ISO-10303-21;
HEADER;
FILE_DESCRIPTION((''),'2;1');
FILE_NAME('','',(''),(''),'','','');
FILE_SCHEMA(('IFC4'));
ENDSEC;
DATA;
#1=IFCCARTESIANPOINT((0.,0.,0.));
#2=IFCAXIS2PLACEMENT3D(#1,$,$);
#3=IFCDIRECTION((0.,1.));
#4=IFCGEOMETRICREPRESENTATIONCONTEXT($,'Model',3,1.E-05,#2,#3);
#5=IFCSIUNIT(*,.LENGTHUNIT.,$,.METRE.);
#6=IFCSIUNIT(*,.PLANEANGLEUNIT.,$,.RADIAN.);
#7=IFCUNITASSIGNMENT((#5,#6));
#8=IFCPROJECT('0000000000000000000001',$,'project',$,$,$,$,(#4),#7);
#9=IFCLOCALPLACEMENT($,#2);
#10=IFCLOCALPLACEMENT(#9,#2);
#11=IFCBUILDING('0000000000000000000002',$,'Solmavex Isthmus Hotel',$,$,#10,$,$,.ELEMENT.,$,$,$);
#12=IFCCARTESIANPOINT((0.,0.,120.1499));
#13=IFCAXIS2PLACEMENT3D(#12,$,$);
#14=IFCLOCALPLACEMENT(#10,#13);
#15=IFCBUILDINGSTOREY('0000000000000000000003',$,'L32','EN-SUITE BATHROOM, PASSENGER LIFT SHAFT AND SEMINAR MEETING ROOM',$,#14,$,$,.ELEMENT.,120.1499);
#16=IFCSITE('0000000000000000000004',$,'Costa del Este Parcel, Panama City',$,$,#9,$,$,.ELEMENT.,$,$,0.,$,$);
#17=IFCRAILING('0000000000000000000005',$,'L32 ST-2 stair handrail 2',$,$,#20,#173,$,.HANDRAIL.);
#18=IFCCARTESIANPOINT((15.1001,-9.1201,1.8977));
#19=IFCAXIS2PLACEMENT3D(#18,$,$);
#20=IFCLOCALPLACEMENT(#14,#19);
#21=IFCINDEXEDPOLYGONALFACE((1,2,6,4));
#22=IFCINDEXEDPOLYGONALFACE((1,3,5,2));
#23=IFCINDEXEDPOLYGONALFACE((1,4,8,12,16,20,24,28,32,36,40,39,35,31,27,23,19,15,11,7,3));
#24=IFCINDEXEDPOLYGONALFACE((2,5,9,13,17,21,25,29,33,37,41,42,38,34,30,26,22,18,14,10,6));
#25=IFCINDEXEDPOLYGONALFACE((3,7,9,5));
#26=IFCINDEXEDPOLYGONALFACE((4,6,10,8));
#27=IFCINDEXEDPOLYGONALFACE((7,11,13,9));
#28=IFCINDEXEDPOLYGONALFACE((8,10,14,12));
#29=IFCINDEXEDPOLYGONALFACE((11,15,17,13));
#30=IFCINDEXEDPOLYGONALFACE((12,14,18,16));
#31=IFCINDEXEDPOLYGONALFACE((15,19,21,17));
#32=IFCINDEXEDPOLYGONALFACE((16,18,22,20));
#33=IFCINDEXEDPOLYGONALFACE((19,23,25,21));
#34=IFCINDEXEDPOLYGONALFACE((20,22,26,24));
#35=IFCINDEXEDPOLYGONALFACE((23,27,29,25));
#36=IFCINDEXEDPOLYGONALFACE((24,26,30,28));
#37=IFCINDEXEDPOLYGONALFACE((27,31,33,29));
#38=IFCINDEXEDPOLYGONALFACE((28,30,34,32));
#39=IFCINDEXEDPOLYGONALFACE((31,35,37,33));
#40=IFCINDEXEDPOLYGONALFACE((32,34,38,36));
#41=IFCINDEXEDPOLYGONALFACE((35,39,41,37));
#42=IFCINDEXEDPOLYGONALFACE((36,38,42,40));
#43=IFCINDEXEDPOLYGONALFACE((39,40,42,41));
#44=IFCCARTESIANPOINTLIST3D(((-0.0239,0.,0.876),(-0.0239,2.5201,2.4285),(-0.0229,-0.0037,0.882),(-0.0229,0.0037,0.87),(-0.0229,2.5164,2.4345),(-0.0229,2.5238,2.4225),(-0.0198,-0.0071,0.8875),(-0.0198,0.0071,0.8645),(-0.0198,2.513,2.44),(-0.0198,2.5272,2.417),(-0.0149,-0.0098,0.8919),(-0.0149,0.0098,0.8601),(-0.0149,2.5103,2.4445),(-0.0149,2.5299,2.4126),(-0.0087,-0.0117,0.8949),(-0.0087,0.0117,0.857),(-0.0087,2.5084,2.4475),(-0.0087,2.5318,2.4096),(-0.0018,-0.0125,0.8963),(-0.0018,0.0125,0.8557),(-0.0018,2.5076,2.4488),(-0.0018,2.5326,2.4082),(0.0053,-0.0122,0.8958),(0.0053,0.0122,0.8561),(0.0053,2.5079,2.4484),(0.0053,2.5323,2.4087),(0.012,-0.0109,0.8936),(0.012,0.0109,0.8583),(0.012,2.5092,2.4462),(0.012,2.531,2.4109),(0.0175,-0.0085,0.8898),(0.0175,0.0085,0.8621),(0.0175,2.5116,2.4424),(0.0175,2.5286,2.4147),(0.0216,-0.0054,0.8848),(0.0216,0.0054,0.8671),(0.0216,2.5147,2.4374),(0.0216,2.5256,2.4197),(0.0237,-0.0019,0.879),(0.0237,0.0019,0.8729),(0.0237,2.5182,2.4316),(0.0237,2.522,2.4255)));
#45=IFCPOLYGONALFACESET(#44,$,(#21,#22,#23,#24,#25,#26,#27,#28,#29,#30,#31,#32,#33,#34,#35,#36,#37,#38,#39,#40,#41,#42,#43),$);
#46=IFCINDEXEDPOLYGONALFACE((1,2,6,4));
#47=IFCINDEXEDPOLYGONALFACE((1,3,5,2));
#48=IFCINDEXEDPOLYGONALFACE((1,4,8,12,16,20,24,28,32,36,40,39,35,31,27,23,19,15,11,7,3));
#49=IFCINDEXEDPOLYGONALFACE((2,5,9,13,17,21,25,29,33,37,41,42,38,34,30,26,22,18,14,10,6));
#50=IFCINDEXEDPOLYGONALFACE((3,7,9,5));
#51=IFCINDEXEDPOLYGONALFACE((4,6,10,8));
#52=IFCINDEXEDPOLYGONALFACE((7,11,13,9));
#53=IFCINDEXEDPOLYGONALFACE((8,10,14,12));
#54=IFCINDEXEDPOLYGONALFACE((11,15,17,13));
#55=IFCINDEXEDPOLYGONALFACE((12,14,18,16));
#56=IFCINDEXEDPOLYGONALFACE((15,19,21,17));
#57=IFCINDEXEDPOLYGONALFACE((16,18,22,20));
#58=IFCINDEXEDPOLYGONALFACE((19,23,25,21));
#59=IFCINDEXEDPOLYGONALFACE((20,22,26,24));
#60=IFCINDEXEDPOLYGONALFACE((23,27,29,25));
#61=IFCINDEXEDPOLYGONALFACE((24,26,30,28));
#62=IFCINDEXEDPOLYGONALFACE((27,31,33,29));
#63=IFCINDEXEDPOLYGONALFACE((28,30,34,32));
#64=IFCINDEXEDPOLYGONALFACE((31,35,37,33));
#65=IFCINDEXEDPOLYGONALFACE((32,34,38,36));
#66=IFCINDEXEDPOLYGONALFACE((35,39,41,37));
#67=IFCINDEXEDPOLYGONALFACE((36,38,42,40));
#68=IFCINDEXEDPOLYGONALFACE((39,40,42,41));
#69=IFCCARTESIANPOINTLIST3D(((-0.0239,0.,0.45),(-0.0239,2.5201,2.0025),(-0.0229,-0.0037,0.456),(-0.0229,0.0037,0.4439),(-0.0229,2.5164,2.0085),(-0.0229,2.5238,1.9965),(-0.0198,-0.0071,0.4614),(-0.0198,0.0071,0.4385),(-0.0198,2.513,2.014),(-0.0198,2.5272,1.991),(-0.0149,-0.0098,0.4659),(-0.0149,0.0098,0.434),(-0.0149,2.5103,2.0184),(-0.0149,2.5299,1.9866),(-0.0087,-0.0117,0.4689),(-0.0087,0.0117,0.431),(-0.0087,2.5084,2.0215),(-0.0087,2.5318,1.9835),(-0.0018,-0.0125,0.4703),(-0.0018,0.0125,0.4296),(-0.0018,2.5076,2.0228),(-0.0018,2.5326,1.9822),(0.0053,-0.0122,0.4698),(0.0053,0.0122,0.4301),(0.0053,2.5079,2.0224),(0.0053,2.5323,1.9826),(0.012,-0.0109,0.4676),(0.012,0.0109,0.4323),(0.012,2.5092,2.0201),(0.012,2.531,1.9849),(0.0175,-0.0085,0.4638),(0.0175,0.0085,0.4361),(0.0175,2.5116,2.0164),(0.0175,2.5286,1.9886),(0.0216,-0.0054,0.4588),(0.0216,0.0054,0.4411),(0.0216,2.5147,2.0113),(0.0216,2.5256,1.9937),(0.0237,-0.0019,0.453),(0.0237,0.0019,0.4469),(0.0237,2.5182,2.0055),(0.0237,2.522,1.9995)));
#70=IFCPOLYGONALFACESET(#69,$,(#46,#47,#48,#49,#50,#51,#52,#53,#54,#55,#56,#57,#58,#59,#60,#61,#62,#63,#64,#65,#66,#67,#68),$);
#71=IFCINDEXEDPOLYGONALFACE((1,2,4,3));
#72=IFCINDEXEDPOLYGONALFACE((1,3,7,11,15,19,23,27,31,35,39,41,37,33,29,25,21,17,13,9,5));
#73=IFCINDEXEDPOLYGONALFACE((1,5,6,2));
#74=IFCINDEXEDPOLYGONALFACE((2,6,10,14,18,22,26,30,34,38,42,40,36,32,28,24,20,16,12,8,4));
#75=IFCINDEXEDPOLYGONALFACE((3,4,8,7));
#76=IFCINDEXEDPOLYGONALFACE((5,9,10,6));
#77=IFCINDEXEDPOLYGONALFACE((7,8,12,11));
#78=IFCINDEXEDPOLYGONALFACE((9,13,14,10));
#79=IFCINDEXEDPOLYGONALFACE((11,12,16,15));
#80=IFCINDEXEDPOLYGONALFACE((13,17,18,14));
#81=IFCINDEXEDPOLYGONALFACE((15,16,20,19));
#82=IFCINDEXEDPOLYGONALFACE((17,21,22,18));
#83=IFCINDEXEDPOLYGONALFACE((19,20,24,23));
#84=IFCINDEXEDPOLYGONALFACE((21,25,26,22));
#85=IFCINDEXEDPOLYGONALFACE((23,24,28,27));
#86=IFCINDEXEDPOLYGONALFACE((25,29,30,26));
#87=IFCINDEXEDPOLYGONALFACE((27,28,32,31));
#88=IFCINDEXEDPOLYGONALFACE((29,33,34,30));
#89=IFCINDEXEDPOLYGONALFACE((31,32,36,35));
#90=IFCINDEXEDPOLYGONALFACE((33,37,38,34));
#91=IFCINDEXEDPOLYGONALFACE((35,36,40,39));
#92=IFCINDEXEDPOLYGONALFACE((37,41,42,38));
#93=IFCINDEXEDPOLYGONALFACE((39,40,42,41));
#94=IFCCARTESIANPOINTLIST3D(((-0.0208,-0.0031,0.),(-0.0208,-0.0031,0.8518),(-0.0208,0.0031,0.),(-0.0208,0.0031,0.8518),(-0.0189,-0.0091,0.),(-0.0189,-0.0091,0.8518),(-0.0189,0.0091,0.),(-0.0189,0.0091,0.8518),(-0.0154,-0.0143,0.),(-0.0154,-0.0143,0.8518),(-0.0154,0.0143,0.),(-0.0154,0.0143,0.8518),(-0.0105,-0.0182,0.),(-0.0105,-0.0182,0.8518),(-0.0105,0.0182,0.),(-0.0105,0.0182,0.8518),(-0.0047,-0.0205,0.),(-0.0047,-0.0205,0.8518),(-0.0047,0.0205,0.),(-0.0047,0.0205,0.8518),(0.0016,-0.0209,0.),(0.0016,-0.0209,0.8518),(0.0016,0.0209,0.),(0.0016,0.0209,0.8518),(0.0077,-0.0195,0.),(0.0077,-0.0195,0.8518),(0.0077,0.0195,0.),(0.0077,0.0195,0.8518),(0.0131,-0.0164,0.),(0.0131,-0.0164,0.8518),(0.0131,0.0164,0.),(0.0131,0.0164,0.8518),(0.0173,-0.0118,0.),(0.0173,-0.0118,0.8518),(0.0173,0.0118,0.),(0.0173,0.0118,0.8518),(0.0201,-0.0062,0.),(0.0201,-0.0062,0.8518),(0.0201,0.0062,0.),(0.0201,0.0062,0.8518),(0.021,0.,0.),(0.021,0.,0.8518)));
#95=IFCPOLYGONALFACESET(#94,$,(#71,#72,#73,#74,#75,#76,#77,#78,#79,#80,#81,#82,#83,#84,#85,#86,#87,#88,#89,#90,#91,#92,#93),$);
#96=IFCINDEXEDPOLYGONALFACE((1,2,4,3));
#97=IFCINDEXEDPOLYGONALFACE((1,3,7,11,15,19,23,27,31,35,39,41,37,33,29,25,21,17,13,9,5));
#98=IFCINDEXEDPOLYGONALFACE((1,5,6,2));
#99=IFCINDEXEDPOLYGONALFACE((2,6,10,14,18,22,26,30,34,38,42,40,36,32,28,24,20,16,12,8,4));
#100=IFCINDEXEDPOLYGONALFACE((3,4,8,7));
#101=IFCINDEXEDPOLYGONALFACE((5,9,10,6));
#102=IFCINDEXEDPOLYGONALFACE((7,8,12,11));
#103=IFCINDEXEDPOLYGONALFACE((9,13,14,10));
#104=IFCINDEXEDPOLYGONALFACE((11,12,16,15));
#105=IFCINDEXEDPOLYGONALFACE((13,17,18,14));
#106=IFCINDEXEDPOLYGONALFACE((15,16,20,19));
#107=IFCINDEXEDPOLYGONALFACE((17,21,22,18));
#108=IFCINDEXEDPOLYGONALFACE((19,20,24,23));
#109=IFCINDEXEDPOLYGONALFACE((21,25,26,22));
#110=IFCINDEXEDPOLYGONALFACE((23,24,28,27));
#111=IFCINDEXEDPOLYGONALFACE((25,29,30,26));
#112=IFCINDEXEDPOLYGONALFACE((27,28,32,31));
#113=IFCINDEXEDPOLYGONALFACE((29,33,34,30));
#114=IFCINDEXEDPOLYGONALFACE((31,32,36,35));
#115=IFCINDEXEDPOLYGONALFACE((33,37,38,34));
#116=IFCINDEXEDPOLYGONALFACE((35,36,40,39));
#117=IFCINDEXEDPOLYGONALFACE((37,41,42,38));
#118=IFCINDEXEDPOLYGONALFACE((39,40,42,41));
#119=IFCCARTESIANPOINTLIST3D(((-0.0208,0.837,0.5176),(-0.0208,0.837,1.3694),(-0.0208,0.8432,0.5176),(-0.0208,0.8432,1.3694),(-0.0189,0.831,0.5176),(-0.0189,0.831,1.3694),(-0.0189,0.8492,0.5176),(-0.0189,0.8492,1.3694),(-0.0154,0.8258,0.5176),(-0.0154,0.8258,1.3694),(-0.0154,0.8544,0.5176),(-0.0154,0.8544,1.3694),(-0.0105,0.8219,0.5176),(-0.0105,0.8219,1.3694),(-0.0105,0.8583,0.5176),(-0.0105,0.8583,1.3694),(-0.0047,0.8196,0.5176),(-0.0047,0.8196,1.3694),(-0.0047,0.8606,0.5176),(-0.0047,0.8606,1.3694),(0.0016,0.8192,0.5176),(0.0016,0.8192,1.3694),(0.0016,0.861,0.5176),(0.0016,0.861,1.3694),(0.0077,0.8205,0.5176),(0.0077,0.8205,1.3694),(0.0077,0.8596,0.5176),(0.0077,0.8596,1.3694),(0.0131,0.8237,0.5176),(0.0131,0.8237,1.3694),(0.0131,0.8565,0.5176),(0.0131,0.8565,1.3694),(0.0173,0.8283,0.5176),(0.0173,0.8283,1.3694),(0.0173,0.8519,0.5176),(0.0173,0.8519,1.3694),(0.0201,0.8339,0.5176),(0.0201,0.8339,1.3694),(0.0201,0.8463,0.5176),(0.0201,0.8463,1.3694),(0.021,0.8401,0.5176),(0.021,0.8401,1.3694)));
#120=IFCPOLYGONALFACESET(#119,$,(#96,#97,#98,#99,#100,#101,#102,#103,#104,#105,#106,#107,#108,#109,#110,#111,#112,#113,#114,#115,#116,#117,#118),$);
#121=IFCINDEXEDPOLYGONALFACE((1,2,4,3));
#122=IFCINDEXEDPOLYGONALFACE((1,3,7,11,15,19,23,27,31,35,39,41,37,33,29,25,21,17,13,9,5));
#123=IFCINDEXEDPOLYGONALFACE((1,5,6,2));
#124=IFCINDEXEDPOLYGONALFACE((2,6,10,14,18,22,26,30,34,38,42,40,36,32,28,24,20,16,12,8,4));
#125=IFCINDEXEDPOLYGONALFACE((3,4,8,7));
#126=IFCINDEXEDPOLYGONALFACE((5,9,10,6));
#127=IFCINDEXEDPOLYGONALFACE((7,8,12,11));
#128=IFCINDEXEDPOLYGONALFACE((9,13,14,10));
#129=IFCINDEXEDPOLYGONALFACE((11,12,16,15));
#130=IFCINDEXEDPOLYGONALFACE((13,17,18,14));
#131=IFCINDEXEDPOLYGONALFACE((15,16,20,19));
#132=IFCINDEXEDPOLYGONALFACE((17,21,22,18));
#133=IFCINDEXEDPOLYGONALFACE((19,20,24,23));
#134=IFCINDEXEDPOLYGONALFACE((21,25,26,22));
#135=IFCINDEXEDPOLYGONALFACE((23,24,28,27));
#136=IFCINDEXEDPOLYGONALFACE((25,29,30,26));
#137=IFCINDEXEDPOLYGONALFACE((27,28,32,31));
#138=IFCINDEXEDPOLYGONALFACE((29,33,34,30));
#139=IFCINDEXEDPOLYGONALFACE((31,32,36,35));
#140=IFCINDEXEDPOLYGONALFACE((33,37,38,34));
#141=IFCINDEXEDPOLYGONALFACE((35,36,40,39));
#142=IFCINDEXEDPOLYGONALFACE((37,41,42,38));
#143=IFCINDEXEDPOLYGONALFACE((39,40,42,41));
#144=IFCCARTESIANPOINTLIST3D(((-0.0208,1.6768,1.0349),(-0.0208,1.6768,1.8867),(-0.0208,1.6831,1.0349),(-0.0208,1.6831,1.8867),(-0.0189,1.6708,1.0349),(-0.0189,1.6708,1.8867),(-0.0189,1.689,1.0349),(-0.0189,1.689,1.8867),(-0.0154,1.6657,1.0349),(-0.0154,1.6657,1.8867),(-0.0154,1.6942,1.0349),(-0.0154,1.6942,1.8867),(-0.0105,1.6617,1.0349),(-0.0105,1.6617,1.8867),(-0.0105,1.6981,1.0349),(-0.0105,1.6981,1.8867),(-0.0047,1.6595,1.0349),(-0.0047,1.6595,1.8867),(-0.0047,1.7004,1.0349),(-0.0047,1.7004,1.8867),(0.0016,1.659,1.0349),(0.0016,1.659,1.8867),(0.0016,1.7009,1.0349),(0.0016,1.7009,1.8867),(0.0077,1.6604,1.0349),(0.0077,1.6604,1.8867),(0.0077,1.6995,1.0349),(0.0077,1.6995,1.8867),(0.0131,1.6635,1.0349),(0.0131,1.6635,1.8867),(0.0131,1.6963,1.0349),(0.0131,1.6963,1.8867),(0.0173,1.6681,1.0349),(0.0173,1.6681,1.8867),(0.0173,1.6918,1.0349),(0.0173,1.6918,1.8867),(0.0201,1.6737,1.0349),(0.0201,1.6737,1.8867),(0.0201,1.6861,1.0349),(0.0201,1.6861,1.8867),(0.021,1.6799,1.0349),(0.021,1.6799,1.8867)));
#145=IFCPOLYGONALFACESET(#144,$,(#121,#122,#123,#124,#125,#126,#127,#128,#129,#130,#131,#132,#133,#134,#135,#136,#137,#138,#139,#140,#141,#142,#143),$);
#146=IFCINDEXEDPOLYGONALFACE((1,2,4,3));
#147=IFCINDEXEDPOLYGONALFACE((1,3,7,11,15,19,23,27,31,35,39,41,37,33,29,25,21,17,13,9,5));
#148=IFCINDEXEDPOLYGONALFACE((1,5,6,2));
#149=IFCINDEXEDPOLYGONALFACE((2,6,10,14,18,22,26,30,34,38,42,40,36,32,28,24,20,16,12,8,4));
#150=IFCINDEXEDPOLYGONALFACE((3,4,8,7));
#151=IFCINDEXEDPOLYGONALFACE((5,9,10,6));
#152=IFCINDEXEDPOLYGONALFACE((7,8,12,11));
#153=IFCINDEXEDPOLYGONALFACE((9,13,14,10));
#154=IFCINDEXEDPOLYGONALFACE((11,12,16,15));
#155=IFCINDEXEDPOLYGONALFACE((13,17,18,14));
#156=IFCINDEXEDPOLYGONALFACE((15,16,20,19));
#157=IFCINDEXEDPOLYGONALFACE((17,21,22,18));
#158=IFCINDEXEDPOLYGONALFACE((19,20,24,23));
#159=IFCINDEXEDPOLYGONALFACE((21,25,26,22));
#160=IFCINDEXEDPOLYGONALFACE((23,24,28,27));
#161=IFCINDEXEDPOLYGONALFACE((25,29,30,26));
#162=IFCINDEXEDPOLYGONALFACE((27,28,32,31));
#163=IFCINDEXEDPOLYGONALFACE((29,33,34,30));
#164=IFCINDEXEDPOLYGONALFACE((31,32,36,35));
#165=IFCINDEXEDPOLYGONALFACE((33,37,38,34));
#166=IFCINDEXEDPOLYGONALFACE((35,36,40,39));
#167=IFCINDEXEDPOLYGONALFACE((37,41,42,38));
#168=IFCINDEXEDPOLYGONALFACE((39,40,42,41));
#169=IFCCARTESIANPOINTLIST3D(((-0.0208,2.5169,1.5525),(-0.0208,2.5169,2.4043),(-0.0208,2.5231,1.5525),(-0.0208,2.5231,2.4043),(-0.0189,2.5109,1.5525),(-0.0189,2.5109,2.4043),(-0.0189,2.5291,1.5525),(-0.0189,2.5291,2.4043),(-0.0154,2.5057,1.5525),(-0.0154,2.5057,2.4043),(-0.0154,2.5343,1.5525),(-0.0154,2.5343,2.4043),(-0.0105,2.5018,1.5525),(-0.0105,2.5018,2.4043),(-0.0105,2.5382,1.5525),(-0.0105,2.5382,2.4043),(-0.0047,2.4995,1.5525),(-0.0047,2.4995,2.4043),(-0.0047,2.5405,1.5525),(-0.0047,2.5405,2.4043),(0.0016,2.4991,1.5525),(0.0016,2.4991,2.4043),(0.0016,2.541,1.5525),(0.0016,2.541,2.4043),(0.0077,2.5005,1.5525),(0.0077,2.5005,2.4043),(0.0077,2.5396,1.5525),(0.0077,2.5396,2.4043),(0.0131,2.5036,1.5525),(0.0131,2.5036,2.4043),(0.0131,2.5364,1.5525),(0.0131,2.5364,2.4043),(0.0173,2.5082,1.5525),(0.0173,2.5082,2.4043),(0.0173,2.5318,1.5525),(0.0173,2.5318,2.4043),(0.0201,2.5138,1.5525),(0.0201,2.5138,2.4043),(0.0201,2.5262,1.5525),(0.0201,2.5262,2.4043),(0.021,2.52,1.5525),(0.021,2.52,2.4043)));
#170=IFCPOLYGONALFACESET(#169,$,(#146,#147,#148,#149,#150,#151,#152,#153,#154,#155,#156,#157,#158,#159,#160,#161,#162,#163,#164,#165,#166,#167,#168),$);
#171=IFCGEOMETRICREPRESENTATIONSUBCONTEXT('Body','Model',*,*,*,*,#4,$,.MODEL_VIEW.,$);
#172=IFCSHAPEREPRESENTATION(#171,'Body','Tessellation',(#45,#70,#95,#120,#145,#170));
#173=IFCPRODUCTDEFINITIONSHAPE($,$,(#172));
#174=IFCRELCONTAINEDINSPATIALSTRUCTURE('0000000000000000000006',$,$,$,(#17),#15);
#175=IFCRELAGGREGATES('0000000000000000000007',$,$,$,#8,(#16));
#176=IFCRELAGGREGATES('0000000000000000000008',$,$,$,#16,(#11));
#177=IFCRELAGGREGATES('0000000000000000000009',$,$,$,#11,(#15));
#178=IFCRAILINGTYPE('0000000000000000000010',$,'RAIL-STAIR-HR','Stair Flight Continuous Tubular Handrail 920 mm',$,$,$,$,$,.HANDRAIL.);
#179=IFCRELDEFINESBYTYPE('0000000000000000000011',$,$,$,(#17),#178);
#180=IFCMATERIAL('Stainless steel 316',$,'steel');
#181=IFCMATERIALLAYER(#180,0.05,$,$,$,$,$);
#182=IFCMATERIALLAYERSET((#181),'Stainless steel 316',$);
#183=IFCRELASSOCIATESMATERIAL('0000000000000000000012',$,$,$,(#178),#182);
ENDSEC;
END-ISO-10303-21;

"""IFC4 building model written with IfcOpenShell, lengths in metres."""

from ifc_helpers import new_model, si_unit, direction, frame, origin, origin_2d, place, context, subcontext, project, spatial, circle, extrude, material, layer, layer_set, type_object, element, save


model = new_model("IFC4")

# Units and contexts
model_context = context("Model", 3, precision=1e-05, world=origin(), true_north=direction((0.0, 1.0)))
body_context = subcontext(model_context, "Body", "Model", "MODEL_VIEW")
ifc_project = project(units=[si_unit("LENGTHUNIT", "METRE"), si_unit("PLANEANGLEUNIT", "RADIAN")], contexts=[model_context])

# Site, building, storey
site_placement = place(None, origin())
site = spatial("IfcSite", under=ifc_project, at=site_placement, Name="Costa del Este Parcel, Panama City", CompositionType="ELEMENT", RefElevation=0.0)
building_placement = place(site_placement, origin())
building = spatial("IfcBuilding", under=site, at=building_placement, Name="Solmavex Isthmus Hotel", CompositionType="ELEMENT")
storey_placement = place(building_placement, frame((0.0, 0.0, 120.1499)))
storey = spatial("IfcBuildingStorey", under=building, at=storey_placement, Name="L32", Description="EN-SUITE BATHROOM, PASSENGER LIFT SHAFT AND SEMINAR MEETING ROOM", CompositionType="ELEMENT", Elevation=120.1499)

# Railing
ifc_material_1 = material(Name="Stainless steel 316", Category="steel")
ifc_layer_1 = layer(ifc_material_1, 0.05)
ifc_layer_set_1 = layer_set([ifc_layer_1], Name="Stainless steel 316")
railing_type_1 = type_object("IfcRailingType", Name="RAIL-STAIR-HR", Description="Stair Flight Continuous Tubular Handrail 920 mm", PredefinedType="HANDRAIL", material=ifc_layer_set_1)
railing_1_placement = place(storey_placement, frame((15.1001, -9.1201, 1.8977)))
element("IfcRailing", 1, at=railing_1_placement, inside=storey, type_object=railing_type_1, Name="L32 ST-2 stair handrail 2", PredefinedType="HANDRAIL", context=body_context, shape_type="SweptSolid", body=[
    extrude(circle(Radius=0.0239, at=origin_2d()), frame((0.0, 0.0, 0.876), z_axis=(0.0, 0.8514, 0.524516), x_axis=(-1.0, 0.0, 0.0)), (0.0, 0.0, 1.0), 2.96),
    extrude(circle(Radius=0.0239, at=origin_2d()), frame((0.0, 0.0, 0.45), z_axis=(0.0, 0.8514, 0.524516), x_axis=(-1.0, 0.0, 0.0)), (0.0, 0.0, 1.0), 2.96),
    extrude(circle(Radius=0.021, at=origin_2d()), origin(), (0.0, 0.0, 1.0), 0.8518),
    extrude(circle(Radius=0.021, at=origin_2d()), frame((0.0, 0.8401, 0.5176)), (0.0, 0.0, 1.0), 0.8518),
    extrude(circle(Radius=0.021, at=origin_2d()), frame((0.0, 1.6799, 1.0349)), (0.0, 0.0, 1.0), 0.8518),
    extrude(circle(Radius=0.021, at=origin_2d()), frame((0.0, 2.52, 1.5525)), (0.0, 0.0, 1.0), 0.8518),
])

save(model, "model.ifc")
